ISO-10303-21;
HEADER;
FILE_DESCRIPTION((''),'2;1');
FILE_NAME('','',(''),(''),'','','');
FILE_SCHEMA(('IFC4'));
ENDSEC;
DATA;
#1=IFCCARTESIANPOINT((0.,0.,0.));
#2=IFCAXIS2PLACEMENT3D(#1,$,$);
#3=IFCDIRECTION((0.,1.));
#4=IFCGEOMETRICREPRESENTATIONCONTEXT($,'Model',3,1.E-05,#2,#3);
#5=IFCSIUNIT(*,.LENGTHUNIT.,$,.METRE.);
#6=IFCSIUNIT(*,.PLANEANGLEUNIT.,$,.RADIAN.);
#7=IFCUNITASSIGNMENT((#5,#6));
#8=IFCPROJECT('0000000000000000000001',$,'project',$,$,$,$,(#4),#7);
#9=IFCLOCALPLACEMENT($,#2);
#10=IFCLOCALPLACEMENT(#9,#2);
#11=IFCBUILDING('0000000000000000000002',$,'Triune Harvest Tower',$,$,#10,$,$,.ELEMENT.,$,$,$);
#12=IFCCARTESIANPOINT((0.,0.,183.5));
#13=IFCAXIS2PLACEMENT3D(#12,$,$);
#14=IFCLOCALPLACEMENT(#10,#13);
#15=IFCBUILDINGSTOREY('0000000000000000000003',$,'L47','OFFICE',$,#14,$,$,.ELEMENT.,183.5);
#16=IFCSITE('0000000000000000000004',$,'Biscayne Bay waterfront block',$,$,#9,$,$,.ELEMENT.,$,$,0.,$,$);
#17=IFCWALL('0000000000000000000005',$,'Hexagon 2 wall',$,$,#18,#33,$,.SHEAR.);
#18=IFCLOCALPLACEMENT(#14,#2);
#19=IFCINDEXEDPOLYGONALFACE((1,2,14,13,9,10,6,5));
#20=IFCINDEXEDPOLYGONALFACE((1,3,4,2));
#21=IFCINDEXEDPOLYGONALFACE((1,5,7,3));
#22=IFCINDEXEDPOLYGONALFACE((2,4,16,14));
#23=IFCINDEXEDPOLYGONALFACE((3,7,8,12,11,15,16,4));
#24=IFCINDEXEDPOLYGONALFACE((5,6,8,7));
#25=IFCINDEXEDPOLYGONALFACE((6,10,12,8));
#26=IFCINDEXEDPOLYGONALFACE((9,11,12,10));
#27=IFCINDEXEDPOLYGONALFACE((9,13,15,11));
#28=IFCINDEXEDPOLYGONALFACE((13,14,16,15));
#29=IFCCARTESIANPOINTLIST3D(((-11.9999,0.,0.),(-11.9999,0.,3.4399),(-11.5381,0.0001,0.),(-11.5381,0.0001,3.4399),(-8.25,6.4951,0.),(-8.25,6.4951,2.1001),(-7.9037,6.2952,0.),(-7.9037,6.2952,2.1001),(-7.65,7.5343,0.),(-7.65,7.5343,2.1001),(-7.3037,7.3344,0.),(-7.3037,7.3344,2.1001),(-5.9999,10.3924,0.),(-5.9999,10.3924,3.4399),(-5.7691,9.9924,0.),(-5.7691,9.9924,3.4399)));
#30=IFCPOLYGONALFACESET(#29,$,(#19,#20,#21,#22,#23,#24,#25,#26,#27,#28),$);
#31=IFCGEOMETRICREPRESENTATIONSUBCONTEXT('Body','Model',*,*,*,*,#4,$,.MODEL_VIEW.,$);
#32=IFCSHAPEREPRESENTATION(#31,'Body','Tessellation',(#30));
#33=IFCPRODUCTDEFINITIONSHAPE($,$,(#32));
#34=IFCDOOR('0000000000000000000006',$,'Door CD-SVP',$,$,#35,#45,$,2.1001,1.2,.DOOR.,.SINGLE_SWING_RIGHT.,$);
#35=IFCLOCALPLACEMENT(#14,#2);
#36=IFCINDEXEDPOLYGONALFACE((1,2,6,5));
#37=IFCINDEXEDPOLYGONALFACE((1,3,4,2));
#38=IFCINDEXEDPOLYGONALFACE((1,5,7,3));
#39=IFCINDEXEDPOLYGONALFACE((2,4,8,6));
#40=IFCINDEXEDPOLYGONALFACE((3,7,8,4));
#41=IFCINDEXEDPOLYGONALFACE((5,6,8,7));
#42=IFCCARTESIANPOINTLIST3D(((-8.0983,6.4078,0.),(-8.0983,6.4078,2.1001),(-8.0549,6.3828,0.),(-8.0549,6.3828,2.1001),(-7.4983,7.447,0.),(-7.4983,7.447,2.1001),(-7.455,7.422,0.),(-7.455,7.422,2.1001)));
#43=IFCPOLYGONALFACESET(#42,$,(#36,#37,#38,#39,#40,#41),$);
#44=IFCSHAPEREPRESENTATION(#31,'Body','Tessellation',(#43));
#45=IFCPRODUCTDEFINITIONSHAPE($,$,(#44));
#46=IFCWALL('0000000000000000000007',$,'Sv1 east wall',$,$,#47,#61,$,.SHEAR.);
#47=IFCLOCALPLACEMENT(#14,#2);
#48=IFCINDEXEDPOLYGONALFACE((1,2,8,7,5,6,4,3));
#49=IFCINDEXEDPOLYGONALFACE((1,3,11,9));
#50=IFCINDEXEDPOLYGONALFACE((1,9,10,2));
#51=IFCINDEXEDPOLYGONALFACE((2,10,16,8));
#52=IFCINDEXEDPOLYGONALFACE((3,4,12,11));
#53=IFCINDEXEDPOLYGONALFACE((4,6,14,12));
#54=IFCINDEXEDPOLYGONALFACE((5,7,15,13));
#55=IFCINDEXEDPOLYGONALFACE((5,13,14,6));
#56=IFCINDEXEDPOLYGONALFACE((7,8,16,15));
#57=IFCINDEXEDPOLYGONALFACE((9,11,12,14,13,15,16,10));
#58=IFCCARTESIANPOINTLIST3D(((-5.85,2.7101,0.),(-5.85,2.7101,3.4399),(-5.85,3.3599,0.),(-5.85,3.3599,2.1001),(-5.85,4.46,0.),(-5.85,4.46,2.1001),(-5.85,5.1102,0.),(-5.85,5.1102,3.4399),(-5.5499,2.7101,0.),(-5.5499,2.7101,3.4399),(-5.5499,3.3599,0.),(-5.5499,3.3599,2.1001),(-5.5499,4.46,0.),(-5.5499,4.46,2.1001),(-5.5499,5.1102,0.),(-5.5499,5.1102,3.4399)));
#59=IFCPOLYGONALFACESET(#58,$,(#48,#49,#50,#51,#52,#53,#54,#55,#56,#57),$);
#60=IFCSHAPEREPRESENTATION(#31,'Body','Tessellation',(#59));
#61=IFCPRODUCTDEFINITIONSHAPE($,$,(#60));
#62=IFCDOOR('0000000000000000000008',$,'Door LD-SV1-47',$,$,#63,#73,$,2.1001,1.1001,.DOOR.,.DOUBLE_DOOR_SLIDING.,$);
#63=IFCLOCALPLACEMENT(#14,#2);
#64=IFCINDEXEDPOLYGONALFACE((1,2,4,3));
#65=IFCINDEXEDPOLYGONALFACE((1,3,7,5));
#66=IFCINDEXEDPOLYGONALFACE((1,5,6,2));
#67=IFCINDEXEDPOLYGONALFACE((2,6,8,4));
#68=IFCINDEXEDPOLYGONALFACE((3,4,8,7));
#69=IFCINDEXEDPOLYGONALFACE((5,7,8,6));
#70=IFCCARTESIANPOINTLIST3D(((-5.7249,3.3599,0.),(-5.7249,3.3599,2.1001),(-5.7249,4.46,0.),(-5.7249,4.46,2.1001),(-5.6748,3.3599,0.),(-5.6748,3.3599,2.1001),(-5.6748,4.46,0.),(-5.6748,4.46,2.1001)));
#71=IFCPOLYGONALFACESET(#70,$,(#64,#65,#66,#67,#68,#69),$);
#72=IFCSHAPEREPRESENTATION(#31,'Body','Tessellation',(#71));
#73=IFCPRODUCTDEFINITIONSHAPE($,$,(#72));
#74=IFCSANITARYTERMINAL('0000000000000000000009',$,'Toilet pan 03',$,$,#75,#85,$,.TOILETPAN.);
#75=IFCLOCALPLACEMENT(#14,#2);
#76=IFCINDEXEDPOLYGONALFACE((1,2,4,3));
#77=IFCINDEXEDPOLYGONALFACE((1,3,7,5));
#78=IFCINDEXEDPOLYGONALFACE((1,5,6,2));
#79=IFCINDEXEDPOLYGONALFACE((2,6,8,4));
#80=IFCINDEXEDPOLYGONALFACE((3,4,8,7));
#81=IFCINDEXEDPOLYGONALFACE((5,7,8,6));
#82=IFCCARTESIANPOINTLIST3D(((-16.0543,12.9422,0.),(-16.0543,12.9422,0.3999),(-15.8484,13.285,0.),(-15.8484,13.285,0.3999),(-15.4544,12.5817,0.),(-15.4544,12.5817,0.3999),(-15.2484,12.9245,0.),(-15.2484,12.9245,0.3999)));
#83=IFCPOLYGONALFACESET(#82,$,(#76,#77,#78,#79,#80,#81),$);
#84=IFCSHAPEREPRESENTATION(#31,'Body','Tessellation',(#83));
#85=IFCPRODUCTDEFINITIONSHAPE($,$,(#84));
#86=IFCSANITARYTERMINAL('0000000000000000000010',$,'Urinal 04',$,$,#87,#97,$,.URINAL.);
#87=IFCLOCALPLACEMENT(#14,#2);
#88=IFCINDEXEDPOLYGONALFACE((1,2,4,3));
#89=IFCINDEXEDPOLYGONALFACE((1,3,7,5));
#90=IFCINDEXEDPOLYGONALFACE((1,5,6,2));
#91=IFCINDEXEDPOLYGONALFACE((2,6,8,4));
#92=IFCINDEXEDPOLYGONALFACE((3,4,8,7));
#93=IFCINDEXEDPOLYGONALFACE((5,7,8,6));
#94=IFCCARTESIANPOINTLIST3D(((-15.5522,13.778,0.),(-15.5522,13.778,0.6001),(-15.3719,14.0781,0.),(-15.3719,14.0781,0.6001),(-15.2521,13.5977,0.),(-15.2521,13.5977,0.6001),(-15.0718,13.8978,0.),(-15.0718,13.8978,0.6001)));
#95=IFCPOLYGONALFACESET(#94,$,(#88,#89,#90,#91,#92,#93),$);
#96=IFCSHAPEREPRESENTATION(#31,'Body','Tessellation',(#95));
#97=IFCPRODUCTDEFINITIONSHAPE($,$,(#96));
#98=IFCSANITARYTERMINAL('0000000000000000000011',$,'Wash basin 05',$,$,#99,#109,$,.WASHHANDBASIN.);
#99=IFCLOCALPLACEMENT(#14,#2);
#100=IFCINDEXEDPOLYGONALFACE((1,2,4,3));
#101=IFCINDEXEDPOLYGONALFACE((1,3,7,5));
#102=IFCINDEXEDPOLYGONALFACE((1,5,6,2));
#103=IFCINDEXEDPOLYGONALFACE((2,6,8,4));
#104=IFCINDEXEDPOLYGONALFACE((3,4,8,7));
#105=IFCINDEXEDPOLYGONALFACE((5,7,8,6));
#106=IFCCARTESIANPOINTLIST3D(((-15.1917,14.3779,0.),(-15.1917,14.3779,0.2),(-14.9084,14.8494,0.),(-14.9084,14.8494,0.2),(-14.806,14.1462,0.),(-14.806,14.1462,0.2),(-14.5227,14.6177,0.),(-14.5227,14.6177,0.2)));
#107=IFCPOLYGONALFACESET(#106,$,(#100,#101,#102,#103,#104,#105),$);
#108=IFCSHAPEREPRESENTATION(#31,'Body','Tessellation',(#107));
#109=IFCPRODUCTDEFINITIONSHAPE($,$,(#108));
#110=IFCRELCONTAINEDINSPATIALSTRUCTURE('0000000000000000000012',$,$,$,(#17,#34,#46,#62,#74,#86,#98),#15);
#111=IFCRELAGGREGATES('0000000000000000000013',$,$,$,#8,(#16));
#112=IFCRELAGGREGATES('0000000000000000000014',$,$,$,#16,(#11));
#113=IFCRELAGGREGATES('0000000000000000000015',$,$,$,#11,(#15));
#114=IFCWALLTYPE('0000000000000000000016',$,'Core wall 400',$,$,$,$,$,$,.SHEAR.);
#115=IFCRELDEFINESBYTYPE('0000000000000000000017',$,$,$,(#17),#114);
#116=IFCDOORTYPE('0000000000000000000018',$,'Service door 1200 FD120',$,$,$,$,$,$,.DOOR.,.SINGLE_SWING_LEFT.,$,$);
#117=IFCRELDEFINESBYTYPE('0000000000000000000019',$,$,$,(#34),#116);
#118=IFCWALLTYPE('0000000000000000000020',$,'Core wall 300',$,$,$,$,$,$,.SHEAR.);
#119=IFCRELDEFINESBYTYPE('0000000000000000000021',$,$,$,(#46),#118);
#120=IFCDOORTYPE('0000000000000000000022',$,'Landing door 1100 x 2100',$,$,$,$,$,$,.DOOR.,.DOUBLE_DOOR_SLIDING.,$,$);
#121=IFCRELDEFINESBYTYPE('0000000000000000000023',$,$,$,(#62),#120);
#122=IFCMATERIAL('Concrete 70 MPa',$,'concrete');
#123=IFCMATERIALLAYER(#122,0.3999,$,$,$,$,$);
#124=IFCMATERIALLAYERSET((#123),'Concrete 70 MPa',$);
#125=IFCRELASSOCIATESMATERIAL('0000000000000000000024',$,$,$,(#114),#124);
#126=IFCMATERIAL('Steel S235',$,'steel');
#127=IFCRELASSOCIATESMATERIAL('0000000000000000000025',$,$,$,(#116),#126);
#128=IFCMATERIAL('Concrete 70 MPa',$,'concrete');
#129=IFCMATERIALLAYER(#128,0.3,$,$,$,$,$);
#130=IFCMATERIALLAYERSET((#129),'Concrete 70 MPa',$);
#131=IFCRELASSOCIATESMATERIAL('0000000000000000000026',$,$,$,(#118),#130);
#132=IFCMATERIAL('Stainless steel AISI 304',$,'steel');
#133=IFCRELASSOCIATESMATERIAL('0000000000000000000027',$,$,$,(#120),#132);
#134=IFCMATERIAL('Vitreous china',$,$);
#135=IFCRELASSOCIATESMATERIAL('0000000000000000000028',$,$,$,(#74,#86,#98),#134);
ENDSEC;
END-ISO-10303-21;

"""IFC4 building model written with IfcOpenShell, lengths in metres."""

from ifc_helpers import new_model, si_unit, direction, frame, frame_2d, origin, origin_2d, place, context, subcontext, project, spatial, polyline, rectangle, outline, extrude, source, transform, mapped, material, layer, layer_set, type_object, element, fill, save


model = new_model("IFC4")

# Units and contexts
model_context = context("Model", 3, precision=1e-05, world=origin(), true_north=direction((0.0, 1.0)))
body_context = subcontext(model_context, "Body", "Model", "MODEL_VIEW")
ifc_project = project(units=[si_unit("LENGTHUNIT", "METRE"), si_unit("PLANEANGLEUNIT", "RADIAN")], contexts=[model_context])

# Site, building, storey
site_placement = place(None, origin())
site = spatial("IfcSite", under=ifc_project, at=site_placement, Name="Biscayne Bay waterfront block", CompositionType="ELEMENT", RefElevation=0.0)
building_placement = place(site_placement, origin())
building = spatial("IfcBuilding", under=site, at=building_placement, Name="Triune Harvest Tower", CompositionType="ELEMENT")
storey_placement = place(building_placement, frame((0.0, 0.0, 183.5)))
storey = spatial("IfcBuildingStorey", under=building, at=storey_placement, Name="L47", Description="OFFICE", CompositionType="ELEMENT", Elevation=183.5)

# Wall, opening, door
ifc_material_1 = material(Name="Concrete 70 MPa", Category="concrete")
ifc_layer_1 = layer(ifc_material_1, 0.3999)
ifc_layer_set_1 = layer_set([ifc_layer_1], Name="Concrete 70 MPa")
wall_type_1 = type_object("IfcWallType", Name="Core wall 400", PredefinedType="SHEAR", material=ifc_layer_set_1)
shared_shape_1 = source(origin(), body_context, "Body", "SweptSolid", [
    extrude(outline(polyline([(-0.1155, -0.2), (11.8845, -0.2), (11.6536, 0.2), (0.1155, 0.2), (-0.1155, -0.2)])), origin(), (0.0, 0.0, 1.0), 3.4399),
])
wall_1_placement = place(storey_placement, frame((-5.8845, 10.1924, 0.0), z_axis=(0.0, 0.0, 1.0), x_axis=(-0.499997, -0.866027, 0.0)))
wall_1 = element("IfcWall", 1, at=wall_1_placement, inside=storey, type_object=wall_type_1, Name="Hexagon 2 wall", PredefinedType="SHEAR", context=body_context, shape_type="MappedRepresentation", body=[
    mapped(shared_shape_1, transform((0.0, 0.0, 0.0), scale=1.0)),
])
opening_1_placement = place(wall_1_placement, frame((3.1846, 0.0, 0.0)))
opening_1 = element("IfcOpeningElement", 2, at=opening_1_placement, cuts=wall_1, PredefinedType="OPENING", context=body_context, shape_type="SweptSolid", body=[
    extrude(rectangle(XDim=1.2, YDim=2.1001, at=frame_2d((0.6001, 1.05))), frame((0.0, 0.21, 0.0), z_axis=(0.0, -1.0, 0.0), x_axis=(1.0, 0.0, 0.0)), (0.0, 0.0, 1.0), 0.4199),
])
ifc_material_2 = material(Name="Steel S235", Category="steel")
door_type_1 = type_object("IfcDoorType", Name="Service door 1200 FD120", OperationType="SINGLE_SWING_LEFT", PredefinedType="DOOR", material=ifc_material_2)
door_1_placement = place(opening_1_placement, frame((1.2, 0.0, 0.0), z_axis=(0.0, 0.0, 1.0), x_axis=(-1.0, 0.0, 0.0)))
door_1 = element("IfcDoor", 3, at=door_1_placement, inside=storey, type_object=door_type_1, Name="Door CD-SVP", OperationType="SINGLE_SWING_RIGHT", OverallHeight=2.1001, OverallWidth=1.2, PredefinedType="DOOR", context=body_context, shape_type="SweptSolid", body=[
    extrude(rectangle(XDim=1.2, YDim=2.1001, at=frame_2d((0.6001, 1.05))), frame((0.0, 0.0249, 0.0), z_axis=(0.0, -1.0, 0.0), x_axis=(1.0, 0.0, 0.0)), (0.0, 0.0, 1.0), 0.05),
])
fill(opening_1, door_1)

# Shared definitions
ifc_material_3 = material(Name="Concrete 70 MPa", Category="concrete")
ifc_layer_2 = layer(ifc_material_3, 0.3)
ifc_layer_set_2 = layer_set([ifc_layer_2], Name="Concrete 70 MPa")
wall_type_2 = type_object("IfcWallType", Name="Core wall 300", PredefinedType="SHEAR", material=ifc_layer_set_2)

# Wall, opening, door
shared_shape_2 = source(origin(), body_context, "Body", "SweptSolid", [
    extrude(rectangle(XDim=2.4001, YDim=0.3, at=frame_2d((1.2002, 0.0))), origin(), (0.0, 0.0, 1.0), 3.4399),
])
wall_2_placement = place(storey_placement, frame((-5.7, 2.71, 0.0), z_axis=(0.0, 0.0, 1.0), x_axis=(0.0, 1.0, 0.0)))
wall_2 = element("IfcWall", 4, at=wall_2_placement, inside=storey, type_object=wall_type_2, Name="Sv1 east wall", PredefinedType="SHEAR", context=body_context, shape_type="MappedRepresentation", body=[
    mapped(shared_shape_2, transform((0.0, 0.0, 0.0), scale=1.0)),
])
opening_2_placement = place(wall_2_placement, frame((0.6499, 0.0, 0.0)))
opening_2 = element("IfcOpeningElement", 5, at=opening_2_placement, cuts=wall_2, PredefinedType="OPENING", context=body_context, shape_type="SweptSolid", body=[
    extrude(rectangle(XDim=1.1001, YDim=2.1001, at=frame_2d((0.55, 1.05))), frame((0.0, 0.1602, 0.0), z_axis=(0.0, -1.0, 0.0), x_axis=(1.0, 0.0, 0.0)), (0.0, 0.0, 1.0), 0.3201),
])
ifc_material_4 = material(Name="Stainless steel AISI 304", Category="steel")
door_type_2 = type_object("IfcDoorType", Name="Landing door 1100 x 2100", OperationType="DOUBLE_DOOR_SLIDING", PredefinedType="DOOR", material=ifc_material_4)
door_2_placement = place(opening_2_placement, origin())
door_2 = element("IfcDoor", 6, at=door_2_placement, inside=storey, type_object=door_type_2, Name="Door LD-SV1-47", OperationType="DOUBLE_DOOR_SLIDING", OverallHeight=2.1001, OverallWidth=1.1001, PredefinedType="DOOR", context=body_context, shape_type="SweptSolid", body=[
    extrude(rectangle(XDim=1.1001, YDim=2.1001, at=frame_2d((0.55, 1.05))), frame((0.0, 0.0249, 0.0), z_axis=(0.0, -1.0, 0.0), x_axis=(1.0, 0.0, 0.0)), (0.0, 0.0, 1.0), 0.05),
])
fill(opening_2, door_2)

# Sanitary terminals
ifc_material_5 = material(Name="Vitreous china")
shared_shape_3 = source(origin(), body_context, "Body", "SweptSolid", [
    extrude(rectangle(XDim=0.3999, YDim=0.7, at=origin_2d()), origin(), (0.0, 0.0, 1.0), 0.3999),
])
sanitary_terminal_1_placement = place(storey_placement, frame((-15.6514, 12.9333, 0.0), z_axis=(0.0, 0.0, 1.0), x_axis=(0.515023, 0.857176, 0.0)))
element("IfcSanitaryTerminal", 7, at=sanitary_terminal_1_placement, inside=storey, material=ifc_material_5, Name="Toilet pan 03", PredefinedType="TOILETPAN", context=body_context, shape_type="MappedRepresentation", body=[
    mapped(shared_shape_3, transform((0.0, 0.0, 0.0), scale=1.0)),
])
shared_shape_4 = source(origin(), body_context, "Body", "SweptSolid", [
    extrude(rectangle(XDim=0.3501, YDim=0.3501, at=origin_2d()), origin(), (0.0, 0.0, 1.0), 0.6001),
])
sanitary_terminal_2_placement = place(storey_placement, frame((-15.312, 13.8379, 0.0), z_axis=(0.0, 0.0, 1.0), x_axis=(0.515023, 0.857176, 0.0)))
element("IfcSanitaryTerminal", 8, at=sanitary_terminal_2_placement, inside=storey, material=ifc_material_5, Name="Urinal 04", PredefinedType="URINAL", context=body_context, shape_type="MappedRepresentation", body=[
    mapped(shared_shape_4, transform((0.0, 0.0, 0.0), scale=1.0)),
])
shared_shape_5 = source(origin(), body_context, "Body", "SweptSolid", [
    extrude(rectangle(XDim=0.55, YDim=0.45, at=origin_2d()), origin(), (0.0, 0.0, 1.0), 0.2),
])
sanitary_terminal_3_placement = place(storey_placement, frame((-14.8572, 14.4978, 0.0), z_axis=(0.0, 0.0, 1.0), x_axis=(0.515023, 0.857176, 0.0)))
element("IfcSanitaryTerminal", 9, at=sanitary_terminal_3_placement, inside=storey, material=ifc_material_5, Name="Wash basin 05", PredefinedType="WASHHANDBASIN", context=body_context, shape_type="MappedRepresentation", body=[
    mapped(shared_shape_5, transform((0.0, 0.0, 0.0), scale=1.0)),
])

save(model, "model.ifc")
